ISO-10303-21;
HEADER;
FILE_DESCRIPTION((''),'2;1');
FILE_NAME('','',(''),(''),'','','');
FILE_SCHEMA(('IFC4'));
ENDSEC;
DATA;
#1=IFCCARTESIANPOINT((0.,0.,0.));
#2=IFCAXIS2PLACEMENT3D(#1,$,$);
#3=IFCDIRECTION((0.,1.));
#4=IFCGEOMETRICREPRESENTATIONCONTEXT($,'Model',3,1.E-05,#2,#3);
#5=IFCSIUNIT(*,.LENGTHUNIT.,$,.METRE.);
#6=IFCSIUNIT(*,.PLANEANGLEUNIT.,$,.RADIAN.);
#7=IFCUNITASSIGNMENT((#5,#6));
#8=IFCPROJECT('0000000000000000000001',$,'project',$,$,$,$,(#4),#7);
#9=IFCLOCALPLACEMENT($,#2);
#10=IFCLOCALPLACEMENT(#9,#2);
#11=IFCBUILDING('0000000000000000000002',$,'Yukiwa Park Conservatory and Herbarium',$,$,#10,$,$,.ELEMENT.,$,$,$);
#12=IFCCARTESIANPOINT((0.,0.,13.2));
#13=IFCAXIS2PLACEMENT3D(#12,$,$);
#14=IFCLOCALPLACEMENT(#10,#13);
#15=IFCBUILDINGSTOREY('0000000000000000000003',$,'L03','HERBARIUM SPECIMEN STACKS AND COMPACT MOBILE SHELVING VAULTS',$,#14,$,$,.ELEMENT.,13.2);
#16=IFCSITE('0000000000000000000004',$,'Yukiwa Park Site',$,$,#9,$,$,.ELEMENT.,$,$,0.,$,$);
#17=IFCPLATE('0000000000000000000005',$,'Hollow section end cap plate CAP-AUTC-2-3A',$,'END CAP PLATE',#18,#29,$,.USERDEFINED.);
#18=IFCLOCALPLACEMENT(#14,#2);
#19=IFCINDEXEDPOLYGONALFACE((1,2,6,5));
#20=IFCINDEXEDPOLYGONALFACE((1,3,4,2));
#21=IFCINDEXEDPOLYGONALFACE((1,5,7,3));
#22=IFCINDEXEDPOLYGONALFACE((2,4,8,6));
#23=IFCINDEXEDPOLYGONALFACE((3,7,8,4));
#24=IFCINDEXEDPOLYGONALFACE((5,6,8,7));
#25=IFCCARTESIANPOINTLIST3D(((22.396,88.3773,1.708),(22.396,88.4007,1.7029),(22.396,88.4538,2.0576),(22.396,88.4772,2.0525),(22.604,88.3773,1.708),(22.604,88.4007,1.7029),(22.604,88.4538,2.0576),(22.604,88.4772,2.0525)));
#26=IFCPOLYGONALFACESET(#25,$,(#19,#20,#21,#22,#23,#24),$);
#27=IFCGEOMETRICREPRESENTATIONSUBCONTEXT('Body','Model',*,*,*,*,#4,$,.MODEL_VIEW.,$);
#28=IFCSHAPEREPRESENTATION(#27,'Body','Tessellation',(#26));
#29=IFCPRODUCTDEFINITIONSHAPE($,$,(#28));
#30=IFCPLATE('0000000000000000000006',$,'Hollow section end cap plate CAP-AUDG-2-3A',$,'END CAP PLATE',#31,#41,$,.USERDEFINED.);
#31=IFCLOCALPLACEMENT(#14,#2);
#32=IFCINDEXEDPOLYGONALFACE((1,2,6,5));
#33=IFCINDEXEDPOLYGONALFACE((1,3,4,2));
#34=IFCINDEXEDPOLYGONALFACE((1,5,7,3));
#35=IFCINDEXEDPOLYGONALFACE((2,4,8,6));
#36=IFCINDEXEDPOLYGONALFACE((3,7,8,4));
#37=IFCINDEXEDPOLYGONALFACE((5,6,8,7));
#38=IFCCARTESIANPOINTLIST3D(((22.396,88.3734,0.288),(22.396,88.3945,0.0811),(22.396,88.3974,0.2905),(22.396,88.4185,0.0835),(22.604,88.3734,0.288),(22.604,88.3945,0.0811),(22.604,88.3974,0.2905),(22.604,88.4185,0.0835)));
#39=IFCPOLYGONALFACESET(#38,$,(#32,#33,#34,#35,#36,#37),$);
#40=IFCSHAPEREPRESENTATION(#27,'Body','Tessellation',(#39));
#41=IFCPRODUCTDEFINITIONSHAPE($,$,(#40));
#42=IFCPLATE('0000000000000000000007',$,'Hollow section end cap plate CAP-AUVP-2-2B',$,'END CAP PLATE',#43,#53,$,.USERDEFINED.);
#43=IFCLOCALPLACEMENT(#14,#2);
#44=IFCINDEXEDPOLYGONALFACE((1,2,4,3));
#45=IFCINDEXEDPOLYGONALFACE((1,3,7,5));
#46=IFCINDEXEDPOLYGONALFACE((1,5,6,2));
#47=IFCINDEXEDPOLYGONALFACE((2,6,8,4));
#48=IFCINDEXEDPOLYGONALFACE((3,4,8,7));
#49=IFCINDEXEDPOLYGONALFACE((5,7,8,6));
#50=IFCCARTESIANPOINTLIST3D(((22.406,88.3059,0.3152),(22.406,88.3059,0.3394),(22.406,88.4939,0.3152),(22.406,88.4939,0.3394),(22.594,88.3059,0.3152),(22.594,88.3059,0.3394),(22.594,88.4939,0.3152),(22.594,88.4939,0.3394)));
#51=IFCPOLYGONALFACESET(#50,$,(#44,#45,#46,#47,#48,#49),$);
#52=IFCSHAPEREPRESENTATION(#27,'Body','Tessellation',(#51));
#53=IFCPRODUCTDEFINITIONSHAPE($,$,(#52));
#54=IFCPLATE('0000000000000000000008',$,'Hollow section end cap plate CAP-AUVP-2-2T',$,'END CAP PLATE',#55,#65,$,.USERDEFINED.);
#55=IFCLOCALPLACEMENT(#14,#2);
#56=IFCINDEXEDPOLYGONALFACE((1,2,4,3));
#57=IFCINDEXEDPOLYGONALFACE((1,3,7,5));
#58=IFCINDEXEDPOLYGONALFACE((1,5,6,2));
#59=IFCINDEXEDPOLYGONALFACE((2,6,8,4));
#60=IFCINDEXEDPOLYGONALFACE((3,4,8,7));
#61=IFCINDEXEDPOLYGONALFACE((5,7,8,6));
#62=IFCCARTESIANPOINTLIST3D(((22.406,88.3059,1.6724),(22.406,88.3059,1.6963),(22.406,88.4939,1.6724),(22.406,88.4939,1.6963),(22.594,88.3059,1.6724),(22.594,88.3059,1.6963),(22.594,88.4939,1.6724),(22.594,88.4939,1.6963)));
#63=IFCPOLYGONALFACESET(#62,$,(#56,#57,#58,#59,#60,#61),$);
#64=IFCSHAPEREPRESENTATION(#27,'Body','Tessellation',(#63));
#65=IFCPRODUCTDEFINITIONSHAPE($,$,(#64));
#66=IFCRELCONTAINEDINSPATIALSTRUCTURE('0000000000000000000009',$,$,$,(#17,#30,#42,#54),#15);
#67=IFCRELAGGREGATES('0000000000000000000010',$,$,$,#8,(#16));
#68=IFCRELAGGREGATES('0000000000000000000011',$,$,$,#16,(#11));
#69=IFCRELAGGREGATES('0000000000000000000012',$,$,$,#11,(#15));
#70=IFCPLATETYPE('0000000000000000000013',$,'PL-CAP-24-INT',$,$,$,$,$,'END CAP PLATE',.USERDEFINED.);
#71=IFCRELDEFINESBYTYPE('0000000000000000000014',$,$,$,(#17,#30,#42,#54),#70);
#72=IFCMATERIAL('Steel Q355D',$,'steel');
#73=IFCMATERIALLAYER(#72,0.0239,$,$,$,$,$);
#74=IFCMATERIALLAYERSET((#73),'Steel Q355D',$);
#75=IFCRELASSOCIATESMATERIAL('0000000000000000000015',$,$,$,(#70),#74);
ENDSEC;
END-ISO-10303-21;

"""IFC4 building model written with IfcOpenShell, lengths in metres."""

from ifc_helpers import new_model, si_unit, direction, frame, origin, origin_2d, place, context, subcontext, project, spatial, rectangle, extrude, material, layer, layer_set, type_object, element, save


model = new_model("IFC4")

# Units and contexts
model_context = context("Model", 3, precision=1e-05, world=origin(), true_north=direction((0.0, 1.0)))
body_context = subcontext(model_context, "Body", "Model", "MODEL_VIEW")
ifc_project = project(units=[si_unit("LENGTHUNIT", "METRE"), si_unit("PLANEANGLEUNIT", "RADIAN")], contexts=[model_context])

# Site, building, storey
site_placement = place(None, origin())
site = spatial("IfcSite", under=ifc_project, at=site_placement, Name="Yukiwa Park Site", CompositionType="ELEMENT", RefElevation=0.0)
building_placement = place(site_placement, origin())
building = spatial("IfcBuilding", under=site, at=building_placement, Name="Yukiwa Park Conservatory and Herbarium", CompositionType="ELEMENT")
storey_placement = place(building_placement, frame((0.0, 0.0, 13.2)))
storey = spatial("IfcBuildingStorey", under=building, at=storey_placement, Name="L03", Description="HERBARIUM SPECIMEN STACKS AND COMPACT MOBILE SHELVING VAULTS", CompositionType="ELEMENT", Elevation=13.2)

# Plates
ifc_material_1 = material(Name="Steel Q355D", Category="steel")
ifc_layer_1 = layer(ifc_material_1, 0.0239)
ifc_layer_set_1 = layer_set([ifc_layer_1], Name="Steel Q355D")
plate_type_1 = type_object("IfcPlateType", Name="PL-CAP-24-INT", ElementType="END CAP PLATE", PredefinedType="USERDEFINED", material=ifc_layer_set_1)
plate_1_placement = place(storey_placement, frame((22.5, 88.439, 1.8777), z_axis=(0.0, -0.9769, 0.213697), x_axis=(1.0, 0.0, 0.0)))
element("IfcPlate", 1, at=plate_1_placement, inside=storey, type_object=plate_type_1, Name="Hollow section end cap plate CAP-AUTC-2-3A", ObjectType="END CAP PLATE", PredefinedType="USERDEFINED", context=body_context, shape_type="SweptSolid", body=[
    extrude(rectangle(XDim=0.208, YDim=0.3579, at=origin_2d()), origin(), (0.0, 0.0, 1.0), 0.0239),
])
plate_2_placement = place(storey_placement, frame((22.5, 88.408, 0.187), z_axis=(0.0, -0.994834, -0.101514), x_axis=(1.0, 0.0, 0.0)))
element("IfcPlate", 2, at=plate_2_placement, inside=storey, type_object=plate_type_1, Name="Hollow section end cap plate CAP-AUDG-2-3A", ObjectType="END CAP PLATE", PredefinedType="USERDEFINED", context=body_context, shape_type="SweptSolid", body=[
    extrude(rectangle(XDim=0.208, YDim=0.208, at=origin_2d()), origin(), (0.0, 0.0, 1.0), 0.0242),
])
plate_3_placement = place(storey_placement, frame((22.5, 88.3999, 0.3394), z_axis=(0.0, 0.0, -1.0), x_axis=(1.0, 0.0, 0.0)))
element("IfcPlate", 3, at=plate_3_placement, inside=storey, type_object=plate_type_1, Name="Hollow section end cap plate CAP-AUVP-2-2B", ObjectType="END CAP PLATE", PredefinedType="USERDEFINED", context=body_context, shape_type="SweptSolid", body=[
    extrude(rectangle(XDim=0.188, YDim=0.188, at=origin_2d()), origin(), (0.0, 0.0, 1.0), 0.0242),
])
plate_4_placement = place(storey_placement, frame((22.5, 88.3999, 1.6724), z_axis=(0.0, 0.0, 1.0), x_axis=(1.0, 0.0, 0.0)))
element("IfcPlate", 4, at=plate_4_placement, inside=storey, type_object=plate_type_1, Name="Hollow section end cap plate CAP-AUVP-2-2T", ObjectType="END CAP PLATE", PredefinedType="USERDEFINED", context=body_context, shape_type="SweptSolid", body=[
    extrude(rectangle(XDim=0.188, YDim=0.188, at=origin_2d()), origin(), (0.0, 0.0, 1.0), 0.0239),
])

save(model, "model.ifc")
